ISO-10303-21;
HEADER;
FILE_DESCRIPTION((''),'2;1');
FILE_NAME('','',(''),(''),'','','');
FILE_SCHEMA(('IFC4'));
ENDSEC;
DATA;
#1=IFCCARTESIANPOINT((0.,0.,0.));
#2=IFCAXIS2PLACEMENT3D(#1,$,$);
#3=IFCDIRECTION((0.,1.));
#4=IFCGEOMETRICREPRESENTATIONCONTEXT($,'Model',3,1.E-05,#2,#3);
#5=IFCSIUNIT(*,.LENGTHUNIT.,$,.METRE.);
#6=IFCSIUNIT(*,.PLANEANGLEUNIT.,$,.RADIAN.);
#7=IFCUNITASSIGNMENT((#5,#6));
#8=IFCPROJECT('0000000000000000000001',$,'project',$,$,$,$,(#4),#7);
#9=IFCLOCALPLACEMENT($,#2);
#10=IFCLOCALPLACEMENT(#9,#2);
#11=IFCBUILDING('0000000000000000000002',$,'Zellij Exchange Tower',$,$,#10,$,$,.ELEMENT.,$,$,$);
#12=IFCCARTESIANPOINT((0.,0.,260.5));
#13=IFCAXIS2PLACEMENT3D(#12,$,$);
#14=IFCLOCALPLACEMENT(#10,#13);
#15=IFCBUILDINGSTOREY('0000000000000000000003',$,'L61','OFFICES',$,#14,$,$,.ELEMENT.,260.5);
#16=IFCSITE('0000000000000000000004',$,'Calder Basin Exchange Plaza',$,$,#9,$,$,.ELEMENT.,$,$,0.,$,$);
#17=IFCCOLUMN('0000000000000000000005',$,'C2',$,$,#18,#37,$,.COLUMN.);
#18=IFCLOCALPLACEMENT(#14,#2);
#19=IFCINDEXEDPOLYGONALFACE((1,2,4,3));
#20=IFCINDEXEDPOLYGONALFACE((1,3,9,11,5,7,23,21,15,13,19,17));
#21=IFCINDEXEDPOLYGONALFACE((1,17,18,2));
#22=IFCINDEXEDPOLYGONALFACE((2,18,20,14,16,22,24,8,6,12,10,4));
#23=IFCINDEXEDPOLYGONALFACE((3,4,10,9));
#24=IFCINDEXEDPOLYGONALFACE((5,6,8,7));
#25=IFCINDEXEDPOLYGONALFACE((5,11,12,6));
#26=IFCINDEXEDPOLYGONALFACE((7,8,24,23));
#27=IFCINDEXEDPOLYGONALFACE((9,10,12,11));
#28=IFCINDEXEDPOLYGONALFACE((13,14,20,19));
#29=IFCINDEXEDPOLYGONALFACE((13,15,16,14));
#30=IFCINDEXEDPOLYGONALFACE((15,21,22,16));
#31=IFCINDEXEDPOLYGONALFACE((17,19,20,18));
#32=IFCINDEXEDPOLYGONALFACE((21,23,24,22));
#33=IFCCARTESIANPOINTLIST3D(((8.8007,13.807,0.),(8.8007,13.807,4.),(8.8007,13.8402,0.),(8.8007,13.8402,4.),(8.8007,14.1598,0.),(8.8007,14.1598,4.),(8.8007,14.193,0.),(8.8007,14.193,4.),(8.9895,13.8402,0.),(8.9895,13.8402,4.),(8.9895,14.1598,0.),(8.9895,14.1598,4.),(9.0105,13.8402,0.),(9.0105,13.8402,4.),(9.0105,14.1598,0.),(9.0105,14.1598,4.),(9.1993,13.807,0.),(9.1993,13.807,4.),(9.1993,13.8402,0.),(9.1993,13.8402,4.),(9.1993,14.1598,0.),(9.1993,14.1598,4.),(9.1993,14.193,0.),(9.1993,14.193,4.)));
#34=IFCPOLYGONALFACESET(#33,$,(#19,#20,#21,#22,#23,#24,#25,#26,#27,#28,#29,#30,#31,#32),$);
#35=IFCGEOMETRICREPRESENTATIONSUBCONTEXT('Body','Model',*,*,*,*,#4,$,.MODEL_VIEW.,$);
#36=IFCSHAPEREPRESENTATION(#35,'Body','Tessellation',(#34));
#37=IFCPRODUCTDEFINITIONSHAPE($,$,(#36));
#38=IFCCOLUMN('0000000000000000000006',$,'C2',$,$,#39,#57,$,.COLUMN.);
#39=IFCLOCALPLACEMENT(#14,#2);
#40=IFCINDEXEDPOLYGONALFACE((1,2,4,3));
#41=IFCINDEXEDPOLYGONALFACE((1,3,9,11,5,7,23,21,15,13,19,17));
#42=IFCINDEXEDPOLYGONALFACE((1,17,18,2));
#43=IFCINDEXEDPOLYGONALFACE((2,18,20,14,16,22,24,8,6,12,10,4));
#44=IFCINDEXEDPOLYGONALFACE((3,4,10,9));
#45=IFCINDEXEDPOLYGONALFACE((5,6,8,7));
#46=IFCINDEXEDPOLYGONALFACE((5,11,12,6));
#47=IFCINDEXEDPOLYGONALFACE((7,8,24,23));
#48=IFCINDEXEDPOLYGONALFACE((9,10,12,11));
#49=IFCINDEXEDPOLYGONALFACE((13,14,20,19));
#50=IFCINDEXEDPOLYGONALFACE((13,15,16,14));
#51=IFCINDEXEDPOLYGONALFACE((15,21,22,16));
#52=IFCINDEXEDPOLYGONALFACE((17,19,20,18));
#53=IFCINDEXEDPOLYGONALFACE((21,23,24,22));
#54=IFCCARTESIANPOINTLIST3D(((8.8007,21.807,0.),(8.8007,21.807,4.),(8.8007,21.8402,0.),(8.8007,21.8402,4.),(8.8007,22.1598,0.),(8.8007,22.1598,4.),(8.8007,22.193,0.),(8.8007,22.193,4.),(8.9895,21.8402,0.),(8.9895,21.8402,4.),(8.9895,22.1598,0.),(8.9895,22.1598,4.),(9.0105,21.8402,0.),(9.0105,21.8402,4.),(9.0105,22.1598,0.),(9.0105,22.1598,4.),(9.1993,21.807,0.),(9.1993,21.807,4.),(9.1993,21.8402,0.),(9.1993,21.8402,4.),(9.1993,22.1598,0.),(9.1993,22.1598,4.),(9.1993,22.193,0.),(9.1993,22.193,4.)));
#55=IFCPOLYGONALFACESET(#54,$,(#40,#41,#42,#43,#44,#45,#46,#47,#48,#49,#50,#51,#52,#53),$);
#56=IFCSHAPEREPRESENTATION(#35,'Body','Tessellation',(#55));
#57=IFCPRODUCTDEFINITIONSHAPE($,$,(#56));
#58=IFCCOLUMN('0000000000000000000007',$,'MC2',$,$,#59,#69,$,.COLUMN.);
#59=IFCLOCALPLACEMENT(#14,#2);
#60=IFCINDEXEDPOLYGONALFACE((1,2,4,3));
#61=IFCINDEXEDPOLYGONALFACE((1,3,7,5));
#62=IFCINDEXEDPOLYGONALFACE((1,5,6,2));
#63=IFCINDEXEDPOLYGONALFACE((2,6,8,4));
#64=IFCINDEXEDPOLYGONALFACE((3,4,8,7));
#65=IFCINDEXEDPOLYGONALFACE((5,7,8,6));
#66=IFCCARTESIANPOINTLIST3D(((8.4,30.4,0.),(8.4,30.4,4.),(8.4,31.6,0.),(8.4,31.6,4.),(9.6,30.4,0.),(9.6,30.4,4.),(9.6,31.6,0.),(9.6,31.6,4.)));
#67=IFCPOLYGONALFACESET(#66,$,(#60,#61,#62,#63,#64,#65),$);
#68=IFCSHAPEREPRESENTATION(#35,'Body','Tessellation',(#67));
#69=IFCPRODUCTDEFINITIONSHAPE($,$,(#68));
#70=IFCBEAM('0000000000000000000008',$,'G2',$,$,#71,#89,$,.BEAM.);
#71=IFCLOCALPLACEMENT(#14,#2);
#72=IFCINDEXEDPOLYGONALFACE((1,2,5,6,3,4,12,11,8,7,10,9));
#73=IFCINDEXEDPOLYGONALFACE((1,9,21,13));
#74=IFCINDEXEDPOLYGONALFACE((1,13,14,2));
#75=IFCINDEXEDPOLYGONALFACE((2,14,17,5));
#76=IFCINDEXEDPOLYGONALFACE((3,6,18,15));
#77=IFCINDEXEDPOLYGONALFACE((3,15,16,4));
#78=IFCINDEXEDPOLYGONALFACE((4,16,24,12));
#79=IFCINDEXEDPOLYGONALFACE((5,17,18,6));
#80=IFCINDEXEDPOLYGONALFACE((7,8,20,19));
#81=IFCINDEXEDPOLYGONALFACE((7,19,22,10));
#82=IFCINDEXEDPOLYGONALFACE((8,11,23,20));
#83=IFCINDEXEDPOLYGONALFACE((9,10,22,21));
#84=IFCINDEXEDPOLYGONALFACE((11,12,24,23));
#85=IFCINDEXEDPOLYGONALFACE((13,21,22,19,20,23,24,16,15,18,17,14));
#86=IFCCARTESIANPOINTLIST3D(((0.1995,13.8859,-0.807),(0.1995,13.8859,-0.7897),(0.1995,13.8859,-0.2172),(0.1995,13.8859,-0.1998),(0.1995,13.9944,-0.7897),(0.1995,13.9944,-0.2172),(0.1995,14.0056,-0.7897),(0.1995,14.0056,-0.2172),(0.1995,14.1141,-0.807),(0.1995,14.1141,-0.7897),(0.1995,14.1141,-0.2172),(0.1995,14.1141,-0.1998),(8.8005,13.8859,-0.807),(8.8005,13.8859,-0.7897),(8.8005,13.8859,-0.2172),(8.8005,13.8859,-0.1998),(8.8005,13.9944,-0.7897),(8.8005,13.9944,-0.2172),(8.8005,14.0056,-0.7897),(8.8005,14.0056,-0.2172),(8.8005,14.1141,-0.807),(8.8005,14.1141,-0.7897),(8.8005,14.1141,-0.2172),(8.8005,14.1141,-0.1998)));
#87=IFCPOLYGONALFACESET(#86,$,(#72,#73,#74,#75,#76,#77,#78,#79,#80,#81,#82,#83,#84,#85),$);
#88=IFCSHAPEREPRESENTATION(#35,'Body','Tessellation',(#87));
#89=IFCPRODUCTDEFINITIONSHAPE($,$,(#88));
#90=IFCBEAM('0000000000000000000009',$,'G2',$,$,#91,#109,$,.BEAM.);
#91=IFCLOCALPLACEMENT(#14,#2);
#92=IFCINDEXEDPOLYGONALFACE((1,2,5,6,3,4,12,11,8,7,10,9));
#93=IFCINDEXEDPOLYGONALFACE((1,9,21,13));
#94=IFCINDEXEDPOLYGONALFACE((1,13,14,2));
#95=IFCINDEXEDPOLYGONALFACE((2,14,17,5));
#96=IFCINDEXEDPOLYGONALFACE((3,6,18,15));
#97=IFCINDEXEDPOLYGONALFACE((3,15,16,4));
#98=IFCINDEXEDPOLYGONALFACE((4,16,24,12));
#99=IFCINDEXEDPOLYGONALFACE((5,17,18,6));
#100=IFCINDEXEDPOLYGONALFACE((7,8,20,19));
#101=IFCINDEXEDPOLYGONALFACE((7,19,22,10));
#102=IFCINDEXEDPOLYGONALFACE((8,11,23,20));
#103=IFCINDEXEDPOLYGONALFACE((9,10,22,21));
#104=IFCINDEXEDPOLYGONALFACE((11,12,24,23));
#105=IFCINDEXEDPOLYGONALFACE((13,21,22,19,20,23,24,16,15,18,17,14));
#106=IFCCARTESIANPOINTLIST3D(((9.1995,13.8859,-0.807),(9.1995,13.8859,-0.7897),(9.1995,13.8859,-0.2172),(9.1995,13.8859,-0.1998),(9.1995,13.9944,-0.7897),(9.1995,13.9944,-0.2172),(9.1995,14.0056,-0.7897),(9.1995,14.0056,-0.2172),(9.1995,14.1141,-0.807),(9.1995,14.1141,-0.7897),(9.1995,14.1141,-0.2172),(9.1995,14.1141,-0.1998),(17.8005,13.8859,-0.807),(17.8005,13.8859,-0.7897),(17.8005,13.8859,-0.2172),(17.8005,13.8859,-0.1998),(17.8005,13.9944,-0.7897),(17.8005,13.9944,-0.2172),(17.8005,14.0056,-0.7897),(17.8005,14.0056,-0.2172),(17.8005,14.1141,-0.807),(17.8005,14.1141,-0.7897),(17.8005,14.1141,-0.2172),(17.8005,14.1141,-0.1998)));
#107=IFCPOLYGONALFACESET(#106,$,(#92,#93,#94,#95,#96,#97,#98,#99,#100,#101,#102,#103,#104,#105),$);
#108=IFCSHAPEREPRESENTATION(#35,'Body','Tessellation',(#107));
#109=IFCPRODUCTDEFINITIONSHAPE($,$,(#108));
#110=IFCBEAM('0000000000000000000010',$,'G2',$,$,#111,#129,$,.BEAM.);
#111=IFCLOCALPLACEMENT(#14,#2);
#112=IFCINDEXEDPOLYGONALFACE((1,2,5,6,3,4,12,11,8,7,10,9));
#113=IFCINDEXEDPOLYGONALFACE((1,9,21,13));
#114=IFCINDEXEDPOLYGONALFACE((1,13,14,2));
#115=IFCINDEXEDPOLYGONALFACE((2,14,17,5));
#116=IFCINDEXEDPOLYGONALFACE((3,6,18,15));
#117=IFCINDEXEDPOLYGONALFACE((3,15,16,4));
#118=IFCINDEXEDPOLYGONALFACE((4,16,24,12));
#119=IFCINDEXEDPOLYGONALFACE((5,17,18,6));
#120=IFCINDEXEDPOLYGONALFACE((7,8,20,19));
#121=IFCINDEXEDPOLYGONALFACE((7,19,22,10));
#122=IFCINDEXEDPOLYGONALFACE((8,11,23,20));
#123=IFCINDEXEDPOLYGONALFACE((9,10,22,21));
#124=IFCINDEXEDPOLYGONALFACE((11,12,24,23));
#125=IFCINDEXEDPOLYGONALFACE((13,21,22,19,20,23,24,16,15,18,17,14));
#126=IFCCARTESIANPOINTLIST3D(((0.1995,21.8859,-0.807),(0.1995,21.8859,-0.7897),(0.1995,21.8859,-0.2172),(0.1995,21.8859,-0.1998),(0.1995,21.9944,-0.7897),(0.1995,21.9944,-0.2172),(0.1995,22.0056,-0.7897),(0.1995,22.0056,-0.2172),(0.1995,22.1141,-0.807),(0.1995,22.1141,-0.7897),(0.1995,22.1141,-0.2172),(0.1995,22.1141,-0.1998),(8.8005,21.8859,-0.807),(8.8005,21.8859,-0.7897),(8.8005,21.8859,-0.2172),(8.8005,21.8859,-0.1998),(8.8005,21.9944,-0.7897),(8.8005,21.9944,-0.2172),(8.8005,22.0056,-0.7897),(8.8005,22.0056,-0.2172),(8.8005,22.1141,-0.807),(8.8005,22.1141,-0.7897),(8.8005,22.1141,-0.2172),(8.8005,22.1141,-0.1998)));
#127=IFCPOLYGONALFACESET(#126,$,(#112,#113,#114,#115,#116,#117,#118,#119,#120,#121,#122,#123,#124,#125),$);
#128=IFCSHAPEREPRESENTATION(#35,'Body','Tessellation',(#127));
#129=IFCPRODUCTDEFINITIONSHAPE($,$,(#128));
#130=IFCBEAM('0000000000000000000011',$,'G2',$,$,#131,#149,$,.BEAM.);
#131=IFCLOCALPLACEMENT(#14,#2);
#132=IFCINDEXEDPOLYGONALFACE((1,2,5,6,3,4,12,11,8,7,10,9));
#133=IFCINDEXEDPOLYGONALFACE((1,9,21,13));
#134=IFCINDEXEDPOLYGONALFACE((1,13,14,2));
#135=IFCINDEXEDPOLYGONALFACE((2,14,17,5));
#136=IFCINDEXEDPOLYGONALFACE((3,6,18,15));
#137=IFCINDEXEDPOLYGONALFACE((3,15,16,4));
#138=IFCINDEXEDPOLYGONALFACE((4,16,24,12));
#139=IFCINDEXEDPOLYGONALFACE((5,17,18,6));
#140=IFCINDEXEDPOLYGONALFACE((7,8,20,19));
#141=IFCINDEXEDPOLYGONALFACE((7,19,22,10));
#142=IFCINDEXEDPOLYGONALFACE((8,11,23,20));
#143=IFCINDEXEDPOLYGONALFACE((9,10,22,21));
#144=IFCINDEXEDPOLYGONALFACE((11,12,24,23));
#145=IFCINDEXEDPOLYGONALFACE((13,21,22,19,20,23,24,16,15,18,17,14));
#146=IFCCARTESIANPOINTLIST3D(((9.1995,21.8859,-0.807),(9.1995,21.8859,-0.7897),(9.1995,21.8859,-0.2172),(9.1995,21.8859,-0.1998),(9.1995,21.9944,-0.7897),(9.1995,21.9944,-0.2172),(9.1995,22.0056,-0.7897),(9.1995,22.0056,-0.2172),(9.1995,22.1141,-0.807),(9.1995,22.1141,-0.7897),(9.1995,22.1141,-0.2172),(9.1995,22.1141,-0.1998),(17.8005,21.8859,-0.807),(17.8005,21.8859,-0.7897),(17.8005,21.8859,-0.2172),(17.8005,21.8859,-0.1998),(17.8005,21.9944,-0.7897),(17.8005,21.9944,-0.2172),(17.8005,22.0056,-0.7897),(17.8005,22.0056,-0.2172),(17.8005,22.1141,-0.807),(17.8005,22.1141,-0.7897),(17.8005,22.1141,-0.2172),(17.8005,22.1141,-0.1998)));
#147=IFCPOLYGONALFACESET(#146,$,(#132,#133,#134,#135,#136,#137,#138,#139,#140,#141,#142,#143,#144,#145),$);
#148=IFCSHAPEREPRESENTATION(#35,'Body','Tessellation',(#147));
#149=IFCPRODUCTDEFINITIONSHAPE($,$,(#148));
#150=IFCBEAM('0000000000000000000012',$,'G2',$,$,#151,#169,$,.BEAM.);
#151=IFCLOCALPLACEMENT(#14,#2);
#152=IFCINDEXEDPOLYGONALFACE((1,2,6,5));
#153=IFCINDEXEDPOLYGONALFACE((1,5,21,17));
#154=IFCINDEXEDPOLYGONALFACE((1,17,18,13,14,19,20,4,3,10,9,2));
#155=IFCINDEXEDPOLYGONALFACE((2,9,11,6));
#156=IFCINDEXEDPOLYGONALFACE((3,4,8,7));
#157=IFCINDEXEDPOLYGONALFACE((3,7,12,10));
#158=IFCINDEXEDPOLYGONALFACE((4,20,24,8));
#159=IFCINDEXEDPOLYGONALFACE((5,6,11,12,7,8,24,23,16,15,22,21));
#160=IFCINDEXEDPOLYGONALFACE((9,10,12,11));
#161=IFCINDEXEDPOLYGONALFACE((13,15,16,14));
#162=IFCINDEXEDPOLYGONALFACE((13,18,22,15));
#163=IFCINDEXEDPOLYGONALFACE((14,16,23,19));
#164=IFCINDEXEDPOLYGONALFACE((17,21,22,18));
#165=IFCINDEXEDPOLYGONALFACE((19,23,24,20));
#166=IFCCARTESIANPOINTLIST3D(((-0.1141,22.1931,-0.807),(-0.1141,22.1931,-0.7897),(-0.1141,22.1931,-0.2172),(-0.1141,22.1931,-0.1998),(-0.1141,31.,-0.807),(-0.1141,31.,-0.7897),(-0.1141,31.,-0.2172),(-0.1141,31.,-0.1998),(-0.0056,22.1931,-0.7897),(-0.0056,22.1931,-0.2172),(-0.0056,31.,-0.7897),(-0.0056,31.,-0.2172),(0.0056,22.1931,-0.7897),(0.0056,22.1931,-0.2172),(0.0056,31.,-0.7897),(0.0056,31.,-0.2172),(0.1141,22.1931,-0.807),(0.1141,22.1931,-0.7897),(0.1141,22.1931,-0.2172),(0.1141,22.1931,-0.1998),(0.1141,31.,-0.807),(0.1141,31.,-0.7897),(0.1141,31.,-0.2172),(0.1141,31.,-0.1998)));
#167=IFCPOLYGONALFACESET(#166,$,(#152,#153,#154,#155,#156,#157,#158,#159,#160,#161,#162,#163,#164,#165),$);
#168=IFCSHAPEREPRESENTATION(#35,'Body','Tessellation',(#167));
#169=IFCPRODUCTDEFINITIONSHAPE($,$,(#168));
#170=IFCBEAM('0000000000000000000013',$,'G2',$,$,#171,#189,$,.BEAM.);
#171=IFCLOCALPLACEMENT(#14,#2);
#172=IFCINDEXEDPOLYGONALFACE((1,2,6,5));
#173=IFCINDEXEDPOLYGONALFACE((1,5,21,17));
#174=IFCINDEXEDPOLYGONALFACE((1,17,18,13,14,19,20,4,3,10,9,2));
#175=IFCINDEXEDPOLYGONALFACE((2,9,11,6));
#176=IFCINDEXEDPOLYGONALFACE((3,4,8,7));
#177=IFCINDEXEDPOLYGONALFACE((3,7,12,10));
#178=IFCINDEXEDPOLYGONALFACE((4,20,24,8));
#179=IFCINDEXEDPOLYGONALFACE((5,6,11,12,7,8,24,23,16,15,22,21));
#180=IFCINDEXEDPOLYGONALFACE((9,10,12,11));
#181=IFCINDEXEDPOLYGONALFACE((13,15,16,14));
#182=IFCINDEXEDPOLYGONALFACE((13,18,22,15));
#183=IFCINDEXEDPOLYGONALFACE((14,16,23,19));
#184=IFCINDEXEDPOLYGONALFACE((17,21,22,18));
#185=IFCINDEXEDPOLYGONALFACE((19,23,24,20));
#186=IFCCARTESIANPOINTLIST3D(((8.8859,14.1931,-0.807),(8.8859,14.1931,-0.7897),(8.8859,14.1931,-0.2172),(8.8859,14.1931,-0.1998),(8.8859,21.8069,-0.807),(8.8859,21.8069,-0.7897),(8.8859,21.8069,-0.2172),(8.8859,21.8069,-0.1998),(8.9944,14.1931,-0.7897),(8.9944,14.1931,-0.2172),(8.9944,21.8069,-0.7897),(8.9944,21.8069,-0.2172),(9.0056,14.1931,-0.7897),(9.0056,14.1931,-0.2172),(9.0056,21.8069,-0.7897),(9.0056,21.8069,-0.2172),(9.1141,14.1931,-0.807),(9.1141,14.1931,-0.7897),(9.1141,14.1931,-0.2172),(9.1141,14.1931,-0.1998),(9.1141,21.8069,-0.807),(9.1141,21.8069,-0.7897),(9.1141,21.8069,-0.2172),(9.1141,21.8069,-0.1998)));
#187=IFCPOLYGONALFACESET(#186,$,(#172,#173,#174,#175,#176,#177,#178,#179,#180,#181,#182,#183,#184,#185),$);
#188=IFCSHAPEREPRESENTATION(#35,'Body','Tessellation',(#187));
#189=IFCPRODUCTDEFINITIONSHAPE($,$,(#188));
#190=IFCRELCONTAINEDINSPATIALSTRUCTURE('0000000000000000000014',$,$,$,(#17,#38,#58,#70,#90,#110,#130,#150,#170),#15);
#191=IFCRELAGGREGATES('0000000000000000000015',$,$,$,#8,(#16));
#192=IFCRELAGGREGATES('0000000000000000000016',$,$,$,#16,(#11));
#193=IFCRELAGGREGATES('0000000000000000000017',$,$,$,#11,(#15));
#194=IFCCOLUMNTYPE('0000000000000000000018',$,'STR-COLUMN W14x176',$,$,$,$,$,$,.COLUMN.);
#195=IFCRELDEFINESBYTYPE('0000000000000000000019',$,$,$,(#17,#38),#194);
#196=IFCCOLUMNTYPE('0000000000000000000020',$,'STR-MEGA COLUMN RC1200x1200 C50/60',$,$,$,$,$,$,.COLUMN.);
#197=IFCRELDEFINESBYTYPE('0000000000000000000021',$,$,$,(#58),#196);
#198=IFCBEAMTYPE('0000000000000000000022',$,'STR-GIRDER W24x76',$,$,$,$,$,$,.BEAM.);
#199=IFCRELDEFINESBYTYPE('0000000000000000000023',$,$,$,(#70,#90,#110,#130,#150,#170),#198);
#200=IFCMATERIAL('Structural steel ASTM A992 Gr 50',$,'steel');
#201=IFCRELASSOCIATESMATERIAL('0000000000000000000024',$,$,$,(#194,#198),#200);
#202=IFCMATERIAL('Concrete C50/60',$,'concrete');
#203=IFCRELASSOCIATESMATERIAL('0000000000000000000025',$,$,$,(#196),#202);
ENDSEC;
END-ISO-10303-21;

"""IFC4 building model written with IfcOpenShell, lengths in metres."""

from ifc_helpers import new_model, si_unit, direction, frame, origin, origin_2d, place, context, subcontext, project, spatial, rectangle, i_section, extrude, material, material_profile, profile_set, type_object, element, save


model = new_model("IFC4")

# Units and contexts
model_context = context("Model", 3, precision=1e-05, world=origin(), true_north=direction((0.0, 1.0)))
body_context = subcontext(model_context, "Body", "Model", "MODEL_VIEW")
ifc_project = project(units=[si_unit("LENGTHUNIT", "METRE"), si_unit("PLANEANGLEUNIT", "RADIAN")], contexts=[model_context])

# Site, building, storey
site_placement = place(None, origin())
site = spatial("IfcSite", under=ifc_project, at=site_placement, Name="Calder Basin Exchange Plaza", CompositionType="ELEMENT", RefElevation=0.0)
building_placement = place(site_placement, origin())
building = spatial("IfcBuilding", under=site, at=building_placement, Name="Zellij Exchange Tower", CompositionType="ELEMENT")
storey_placement = place(building_placement, frame((0.0, 0.0, 260.5)))
storey = spatial("IfcBuildingStorey", under=building, at=storey_placement, Name="L61", Description="OFFICES", CompositionType="ELEMENT", Elevation=260.5)

# Columns
ifc_material_1 = material(Name="Structural steel ASTM A992 Gr 50", Category="steel")
ifc_material_profile_1 = material_profile(ifc_material_1, i_section(OverallWidth=0.3987, OverallDepth=0.386, WebThickness=0.021, FlangeThickness=0.0332, at=origin_2d()), Name="W14x176")
ifc_profile_set_1 = profile_set([ifc_material_profile_1], Name="Structural steel ASTM A992 Gr 50")
column_type_1 = type_object("IfcColumnType", Name="STR-COLUMN W14x176", PredefinedType="COLUMN", material=ifc_profile_set_1)
for number, where, z_axis, x_axis, name in (
    (1, (9.0, 14.0, 0.0), (0.0, 0.0, 1.0), (1.0, 0.0, 0.0), "C2"),
    (2, (9.0, 22.0, 0.0), (0.0, 0.0, 1.0), (1.0, 0.0, 0.0), "C2"),
):
    element("IfcColumn", number, at=place(storey_placement, frame(where, z_axis=z_axis, x_axis=x_axis)), inside=storey, type_object=column_type_1, Name=name, PredefinedType="COLUMN", context=body_context, shape_type="SweptSolid", body=[
        extrude(i_section(OverallWidth=0.3987, OverallDepth=0.386, WebThickness=0.021, FlangeThickness=0.0332, at=origin_2d()), origin(), (0.0, 0.0, 1.0), 4.0),
    ])
ifc_material_2 = material(Name="Concrete C50/60", Category="concrete")
ifc_material_profile_2 = material_profile(ifc_material_2, rectangle(XDim=1.2, YDim=1.2, at=origin_2d()), Name="STR-MEGA COLUMN RC1200x1200 C50/60")
ifc_profile_set_2 = profile_set([ifc_material_profile_2], Name="Concrete C50/60")
column_type_2 = type_object("IfcColumnType", Name="STR-MEGA COLUMN RC1200x1200 C50/60", PredefinedType="COLUMN", material=ifc_profile_set_2)
column_placement = place(storey_placement, frame((9.0, 31.0, 0.0), z_axis=(0.0, 0.0, 1.0), x_axis=(1.0, 0.0, 0.0)))
element("IfcColumn", 3, at=column_placement, inside=storey, type_object=column_type_2, Name="MC2", PredefinedType="COLUMN", context=body_context, shape_type="SweptSolid", body=[
    extrude(rectangle(XDim=1.2, YDim=1.2, at=origin_2d()), origin(), (0.0, 0.0, 1.0), 4.0),
])

# Beams
ifc_material_profile_3 = material_profile(ifc_material_1, i_section(OverallWidth=0.2283, OverallDepth=0.6072, WebThickness=0.0112, FlangeThickness=0.0173, at=origin_2d()), Name="W24x76")
ifc_profile_set_3 = profile_set([ifc_material_profile_3], Name="Structural steel ASTM A992 Gr 50")
beam_type = type_object("IfcBeamType", Name="STR-GIRDER W24x76", PredefinedType="BEAM", material=ifc_profile_set_3)
for number, where, z_axis, x_axis, name in (
    (4, (0.1995, 14.0, -0.5034), (1.0, 0.0, 0.0), (0.0, 1.0, 0.0), "G2"),
    (5, (9.1995, 14.0, -0.5034), (1.0, 0.0, 0.0), (0.0, 1.0, 0.0), "G2"),
    (6, (0.1995, 22.0, -0.5034), (1.0, 0.0, 0.0), (0.0, 1.0, 0.0), "G2"),
    (7, (9.1995, 22.0, -0.5034), (1.0, 0.0, 0.0), (0.0, 1.0, 0.0), "G2"),
):
    element("IfcBeam", number, at=place(storey_placement, frame(where, z_axis=z_axis, x_axis=x_axis)), inside=storey, type_object=beam_type, Name=name, PredefinedType="BEAM", context=body_context, shape_type="SweptSolid", body=[
        extrude(i_section(OverallWidth=0.2283, OverallDepth=0.6072, WebThickness=0.0112, FlangeThickness=0.0173, at=origin_2d()), origin(), (0.0, 0.0, 1.0), 8.6011),
    ])
beam_1_placement = place(storey_placement, frame((0.0, 22.1931, -0.5034), z_axis=(0.0, 1.0, 0.0), x_axis=(-1.0, 0.0, 0.0)))
element("IfcBeam", 8, at=beam_1_placement, inside=storey, type_object=beam_type, Name="G2", PredefinedType="BEAM", context=body_context, shape_type="SweptSolid", body=[
    extrude(i_section(OverallWidth=0.2283, OverallDepth=0.6072, WebThickness=0.0112, FlangeThickness=0.0173, at=origin_2d()), origin(), (0.0, 0.0, 1.0), 8.8069),
])
beam_2_placement = place(storey_placement, frame((9.0, 14.1931, -0.5034), z_axis=(0.0, 1.0, 0.0), x_axis=(-1.0, 0.0, 0.0)))
element("IfcBeam", 9, at=beam_2_placement, inside=storey, type_object=beam_type, Name="G2", PredefinedType="BEAM", context=body_context, shape_type="SweptSolid", body=[
    extrude(i_section(OverallWidth=0.2283, OverallDepth=0.6072, WebThickness=0.0112, FlangeThickness=0.0173, at=origin_2d()), origin(), (0.0, 0.0, 1.0), 7.6138),
])

save(model, "model.ifc")
